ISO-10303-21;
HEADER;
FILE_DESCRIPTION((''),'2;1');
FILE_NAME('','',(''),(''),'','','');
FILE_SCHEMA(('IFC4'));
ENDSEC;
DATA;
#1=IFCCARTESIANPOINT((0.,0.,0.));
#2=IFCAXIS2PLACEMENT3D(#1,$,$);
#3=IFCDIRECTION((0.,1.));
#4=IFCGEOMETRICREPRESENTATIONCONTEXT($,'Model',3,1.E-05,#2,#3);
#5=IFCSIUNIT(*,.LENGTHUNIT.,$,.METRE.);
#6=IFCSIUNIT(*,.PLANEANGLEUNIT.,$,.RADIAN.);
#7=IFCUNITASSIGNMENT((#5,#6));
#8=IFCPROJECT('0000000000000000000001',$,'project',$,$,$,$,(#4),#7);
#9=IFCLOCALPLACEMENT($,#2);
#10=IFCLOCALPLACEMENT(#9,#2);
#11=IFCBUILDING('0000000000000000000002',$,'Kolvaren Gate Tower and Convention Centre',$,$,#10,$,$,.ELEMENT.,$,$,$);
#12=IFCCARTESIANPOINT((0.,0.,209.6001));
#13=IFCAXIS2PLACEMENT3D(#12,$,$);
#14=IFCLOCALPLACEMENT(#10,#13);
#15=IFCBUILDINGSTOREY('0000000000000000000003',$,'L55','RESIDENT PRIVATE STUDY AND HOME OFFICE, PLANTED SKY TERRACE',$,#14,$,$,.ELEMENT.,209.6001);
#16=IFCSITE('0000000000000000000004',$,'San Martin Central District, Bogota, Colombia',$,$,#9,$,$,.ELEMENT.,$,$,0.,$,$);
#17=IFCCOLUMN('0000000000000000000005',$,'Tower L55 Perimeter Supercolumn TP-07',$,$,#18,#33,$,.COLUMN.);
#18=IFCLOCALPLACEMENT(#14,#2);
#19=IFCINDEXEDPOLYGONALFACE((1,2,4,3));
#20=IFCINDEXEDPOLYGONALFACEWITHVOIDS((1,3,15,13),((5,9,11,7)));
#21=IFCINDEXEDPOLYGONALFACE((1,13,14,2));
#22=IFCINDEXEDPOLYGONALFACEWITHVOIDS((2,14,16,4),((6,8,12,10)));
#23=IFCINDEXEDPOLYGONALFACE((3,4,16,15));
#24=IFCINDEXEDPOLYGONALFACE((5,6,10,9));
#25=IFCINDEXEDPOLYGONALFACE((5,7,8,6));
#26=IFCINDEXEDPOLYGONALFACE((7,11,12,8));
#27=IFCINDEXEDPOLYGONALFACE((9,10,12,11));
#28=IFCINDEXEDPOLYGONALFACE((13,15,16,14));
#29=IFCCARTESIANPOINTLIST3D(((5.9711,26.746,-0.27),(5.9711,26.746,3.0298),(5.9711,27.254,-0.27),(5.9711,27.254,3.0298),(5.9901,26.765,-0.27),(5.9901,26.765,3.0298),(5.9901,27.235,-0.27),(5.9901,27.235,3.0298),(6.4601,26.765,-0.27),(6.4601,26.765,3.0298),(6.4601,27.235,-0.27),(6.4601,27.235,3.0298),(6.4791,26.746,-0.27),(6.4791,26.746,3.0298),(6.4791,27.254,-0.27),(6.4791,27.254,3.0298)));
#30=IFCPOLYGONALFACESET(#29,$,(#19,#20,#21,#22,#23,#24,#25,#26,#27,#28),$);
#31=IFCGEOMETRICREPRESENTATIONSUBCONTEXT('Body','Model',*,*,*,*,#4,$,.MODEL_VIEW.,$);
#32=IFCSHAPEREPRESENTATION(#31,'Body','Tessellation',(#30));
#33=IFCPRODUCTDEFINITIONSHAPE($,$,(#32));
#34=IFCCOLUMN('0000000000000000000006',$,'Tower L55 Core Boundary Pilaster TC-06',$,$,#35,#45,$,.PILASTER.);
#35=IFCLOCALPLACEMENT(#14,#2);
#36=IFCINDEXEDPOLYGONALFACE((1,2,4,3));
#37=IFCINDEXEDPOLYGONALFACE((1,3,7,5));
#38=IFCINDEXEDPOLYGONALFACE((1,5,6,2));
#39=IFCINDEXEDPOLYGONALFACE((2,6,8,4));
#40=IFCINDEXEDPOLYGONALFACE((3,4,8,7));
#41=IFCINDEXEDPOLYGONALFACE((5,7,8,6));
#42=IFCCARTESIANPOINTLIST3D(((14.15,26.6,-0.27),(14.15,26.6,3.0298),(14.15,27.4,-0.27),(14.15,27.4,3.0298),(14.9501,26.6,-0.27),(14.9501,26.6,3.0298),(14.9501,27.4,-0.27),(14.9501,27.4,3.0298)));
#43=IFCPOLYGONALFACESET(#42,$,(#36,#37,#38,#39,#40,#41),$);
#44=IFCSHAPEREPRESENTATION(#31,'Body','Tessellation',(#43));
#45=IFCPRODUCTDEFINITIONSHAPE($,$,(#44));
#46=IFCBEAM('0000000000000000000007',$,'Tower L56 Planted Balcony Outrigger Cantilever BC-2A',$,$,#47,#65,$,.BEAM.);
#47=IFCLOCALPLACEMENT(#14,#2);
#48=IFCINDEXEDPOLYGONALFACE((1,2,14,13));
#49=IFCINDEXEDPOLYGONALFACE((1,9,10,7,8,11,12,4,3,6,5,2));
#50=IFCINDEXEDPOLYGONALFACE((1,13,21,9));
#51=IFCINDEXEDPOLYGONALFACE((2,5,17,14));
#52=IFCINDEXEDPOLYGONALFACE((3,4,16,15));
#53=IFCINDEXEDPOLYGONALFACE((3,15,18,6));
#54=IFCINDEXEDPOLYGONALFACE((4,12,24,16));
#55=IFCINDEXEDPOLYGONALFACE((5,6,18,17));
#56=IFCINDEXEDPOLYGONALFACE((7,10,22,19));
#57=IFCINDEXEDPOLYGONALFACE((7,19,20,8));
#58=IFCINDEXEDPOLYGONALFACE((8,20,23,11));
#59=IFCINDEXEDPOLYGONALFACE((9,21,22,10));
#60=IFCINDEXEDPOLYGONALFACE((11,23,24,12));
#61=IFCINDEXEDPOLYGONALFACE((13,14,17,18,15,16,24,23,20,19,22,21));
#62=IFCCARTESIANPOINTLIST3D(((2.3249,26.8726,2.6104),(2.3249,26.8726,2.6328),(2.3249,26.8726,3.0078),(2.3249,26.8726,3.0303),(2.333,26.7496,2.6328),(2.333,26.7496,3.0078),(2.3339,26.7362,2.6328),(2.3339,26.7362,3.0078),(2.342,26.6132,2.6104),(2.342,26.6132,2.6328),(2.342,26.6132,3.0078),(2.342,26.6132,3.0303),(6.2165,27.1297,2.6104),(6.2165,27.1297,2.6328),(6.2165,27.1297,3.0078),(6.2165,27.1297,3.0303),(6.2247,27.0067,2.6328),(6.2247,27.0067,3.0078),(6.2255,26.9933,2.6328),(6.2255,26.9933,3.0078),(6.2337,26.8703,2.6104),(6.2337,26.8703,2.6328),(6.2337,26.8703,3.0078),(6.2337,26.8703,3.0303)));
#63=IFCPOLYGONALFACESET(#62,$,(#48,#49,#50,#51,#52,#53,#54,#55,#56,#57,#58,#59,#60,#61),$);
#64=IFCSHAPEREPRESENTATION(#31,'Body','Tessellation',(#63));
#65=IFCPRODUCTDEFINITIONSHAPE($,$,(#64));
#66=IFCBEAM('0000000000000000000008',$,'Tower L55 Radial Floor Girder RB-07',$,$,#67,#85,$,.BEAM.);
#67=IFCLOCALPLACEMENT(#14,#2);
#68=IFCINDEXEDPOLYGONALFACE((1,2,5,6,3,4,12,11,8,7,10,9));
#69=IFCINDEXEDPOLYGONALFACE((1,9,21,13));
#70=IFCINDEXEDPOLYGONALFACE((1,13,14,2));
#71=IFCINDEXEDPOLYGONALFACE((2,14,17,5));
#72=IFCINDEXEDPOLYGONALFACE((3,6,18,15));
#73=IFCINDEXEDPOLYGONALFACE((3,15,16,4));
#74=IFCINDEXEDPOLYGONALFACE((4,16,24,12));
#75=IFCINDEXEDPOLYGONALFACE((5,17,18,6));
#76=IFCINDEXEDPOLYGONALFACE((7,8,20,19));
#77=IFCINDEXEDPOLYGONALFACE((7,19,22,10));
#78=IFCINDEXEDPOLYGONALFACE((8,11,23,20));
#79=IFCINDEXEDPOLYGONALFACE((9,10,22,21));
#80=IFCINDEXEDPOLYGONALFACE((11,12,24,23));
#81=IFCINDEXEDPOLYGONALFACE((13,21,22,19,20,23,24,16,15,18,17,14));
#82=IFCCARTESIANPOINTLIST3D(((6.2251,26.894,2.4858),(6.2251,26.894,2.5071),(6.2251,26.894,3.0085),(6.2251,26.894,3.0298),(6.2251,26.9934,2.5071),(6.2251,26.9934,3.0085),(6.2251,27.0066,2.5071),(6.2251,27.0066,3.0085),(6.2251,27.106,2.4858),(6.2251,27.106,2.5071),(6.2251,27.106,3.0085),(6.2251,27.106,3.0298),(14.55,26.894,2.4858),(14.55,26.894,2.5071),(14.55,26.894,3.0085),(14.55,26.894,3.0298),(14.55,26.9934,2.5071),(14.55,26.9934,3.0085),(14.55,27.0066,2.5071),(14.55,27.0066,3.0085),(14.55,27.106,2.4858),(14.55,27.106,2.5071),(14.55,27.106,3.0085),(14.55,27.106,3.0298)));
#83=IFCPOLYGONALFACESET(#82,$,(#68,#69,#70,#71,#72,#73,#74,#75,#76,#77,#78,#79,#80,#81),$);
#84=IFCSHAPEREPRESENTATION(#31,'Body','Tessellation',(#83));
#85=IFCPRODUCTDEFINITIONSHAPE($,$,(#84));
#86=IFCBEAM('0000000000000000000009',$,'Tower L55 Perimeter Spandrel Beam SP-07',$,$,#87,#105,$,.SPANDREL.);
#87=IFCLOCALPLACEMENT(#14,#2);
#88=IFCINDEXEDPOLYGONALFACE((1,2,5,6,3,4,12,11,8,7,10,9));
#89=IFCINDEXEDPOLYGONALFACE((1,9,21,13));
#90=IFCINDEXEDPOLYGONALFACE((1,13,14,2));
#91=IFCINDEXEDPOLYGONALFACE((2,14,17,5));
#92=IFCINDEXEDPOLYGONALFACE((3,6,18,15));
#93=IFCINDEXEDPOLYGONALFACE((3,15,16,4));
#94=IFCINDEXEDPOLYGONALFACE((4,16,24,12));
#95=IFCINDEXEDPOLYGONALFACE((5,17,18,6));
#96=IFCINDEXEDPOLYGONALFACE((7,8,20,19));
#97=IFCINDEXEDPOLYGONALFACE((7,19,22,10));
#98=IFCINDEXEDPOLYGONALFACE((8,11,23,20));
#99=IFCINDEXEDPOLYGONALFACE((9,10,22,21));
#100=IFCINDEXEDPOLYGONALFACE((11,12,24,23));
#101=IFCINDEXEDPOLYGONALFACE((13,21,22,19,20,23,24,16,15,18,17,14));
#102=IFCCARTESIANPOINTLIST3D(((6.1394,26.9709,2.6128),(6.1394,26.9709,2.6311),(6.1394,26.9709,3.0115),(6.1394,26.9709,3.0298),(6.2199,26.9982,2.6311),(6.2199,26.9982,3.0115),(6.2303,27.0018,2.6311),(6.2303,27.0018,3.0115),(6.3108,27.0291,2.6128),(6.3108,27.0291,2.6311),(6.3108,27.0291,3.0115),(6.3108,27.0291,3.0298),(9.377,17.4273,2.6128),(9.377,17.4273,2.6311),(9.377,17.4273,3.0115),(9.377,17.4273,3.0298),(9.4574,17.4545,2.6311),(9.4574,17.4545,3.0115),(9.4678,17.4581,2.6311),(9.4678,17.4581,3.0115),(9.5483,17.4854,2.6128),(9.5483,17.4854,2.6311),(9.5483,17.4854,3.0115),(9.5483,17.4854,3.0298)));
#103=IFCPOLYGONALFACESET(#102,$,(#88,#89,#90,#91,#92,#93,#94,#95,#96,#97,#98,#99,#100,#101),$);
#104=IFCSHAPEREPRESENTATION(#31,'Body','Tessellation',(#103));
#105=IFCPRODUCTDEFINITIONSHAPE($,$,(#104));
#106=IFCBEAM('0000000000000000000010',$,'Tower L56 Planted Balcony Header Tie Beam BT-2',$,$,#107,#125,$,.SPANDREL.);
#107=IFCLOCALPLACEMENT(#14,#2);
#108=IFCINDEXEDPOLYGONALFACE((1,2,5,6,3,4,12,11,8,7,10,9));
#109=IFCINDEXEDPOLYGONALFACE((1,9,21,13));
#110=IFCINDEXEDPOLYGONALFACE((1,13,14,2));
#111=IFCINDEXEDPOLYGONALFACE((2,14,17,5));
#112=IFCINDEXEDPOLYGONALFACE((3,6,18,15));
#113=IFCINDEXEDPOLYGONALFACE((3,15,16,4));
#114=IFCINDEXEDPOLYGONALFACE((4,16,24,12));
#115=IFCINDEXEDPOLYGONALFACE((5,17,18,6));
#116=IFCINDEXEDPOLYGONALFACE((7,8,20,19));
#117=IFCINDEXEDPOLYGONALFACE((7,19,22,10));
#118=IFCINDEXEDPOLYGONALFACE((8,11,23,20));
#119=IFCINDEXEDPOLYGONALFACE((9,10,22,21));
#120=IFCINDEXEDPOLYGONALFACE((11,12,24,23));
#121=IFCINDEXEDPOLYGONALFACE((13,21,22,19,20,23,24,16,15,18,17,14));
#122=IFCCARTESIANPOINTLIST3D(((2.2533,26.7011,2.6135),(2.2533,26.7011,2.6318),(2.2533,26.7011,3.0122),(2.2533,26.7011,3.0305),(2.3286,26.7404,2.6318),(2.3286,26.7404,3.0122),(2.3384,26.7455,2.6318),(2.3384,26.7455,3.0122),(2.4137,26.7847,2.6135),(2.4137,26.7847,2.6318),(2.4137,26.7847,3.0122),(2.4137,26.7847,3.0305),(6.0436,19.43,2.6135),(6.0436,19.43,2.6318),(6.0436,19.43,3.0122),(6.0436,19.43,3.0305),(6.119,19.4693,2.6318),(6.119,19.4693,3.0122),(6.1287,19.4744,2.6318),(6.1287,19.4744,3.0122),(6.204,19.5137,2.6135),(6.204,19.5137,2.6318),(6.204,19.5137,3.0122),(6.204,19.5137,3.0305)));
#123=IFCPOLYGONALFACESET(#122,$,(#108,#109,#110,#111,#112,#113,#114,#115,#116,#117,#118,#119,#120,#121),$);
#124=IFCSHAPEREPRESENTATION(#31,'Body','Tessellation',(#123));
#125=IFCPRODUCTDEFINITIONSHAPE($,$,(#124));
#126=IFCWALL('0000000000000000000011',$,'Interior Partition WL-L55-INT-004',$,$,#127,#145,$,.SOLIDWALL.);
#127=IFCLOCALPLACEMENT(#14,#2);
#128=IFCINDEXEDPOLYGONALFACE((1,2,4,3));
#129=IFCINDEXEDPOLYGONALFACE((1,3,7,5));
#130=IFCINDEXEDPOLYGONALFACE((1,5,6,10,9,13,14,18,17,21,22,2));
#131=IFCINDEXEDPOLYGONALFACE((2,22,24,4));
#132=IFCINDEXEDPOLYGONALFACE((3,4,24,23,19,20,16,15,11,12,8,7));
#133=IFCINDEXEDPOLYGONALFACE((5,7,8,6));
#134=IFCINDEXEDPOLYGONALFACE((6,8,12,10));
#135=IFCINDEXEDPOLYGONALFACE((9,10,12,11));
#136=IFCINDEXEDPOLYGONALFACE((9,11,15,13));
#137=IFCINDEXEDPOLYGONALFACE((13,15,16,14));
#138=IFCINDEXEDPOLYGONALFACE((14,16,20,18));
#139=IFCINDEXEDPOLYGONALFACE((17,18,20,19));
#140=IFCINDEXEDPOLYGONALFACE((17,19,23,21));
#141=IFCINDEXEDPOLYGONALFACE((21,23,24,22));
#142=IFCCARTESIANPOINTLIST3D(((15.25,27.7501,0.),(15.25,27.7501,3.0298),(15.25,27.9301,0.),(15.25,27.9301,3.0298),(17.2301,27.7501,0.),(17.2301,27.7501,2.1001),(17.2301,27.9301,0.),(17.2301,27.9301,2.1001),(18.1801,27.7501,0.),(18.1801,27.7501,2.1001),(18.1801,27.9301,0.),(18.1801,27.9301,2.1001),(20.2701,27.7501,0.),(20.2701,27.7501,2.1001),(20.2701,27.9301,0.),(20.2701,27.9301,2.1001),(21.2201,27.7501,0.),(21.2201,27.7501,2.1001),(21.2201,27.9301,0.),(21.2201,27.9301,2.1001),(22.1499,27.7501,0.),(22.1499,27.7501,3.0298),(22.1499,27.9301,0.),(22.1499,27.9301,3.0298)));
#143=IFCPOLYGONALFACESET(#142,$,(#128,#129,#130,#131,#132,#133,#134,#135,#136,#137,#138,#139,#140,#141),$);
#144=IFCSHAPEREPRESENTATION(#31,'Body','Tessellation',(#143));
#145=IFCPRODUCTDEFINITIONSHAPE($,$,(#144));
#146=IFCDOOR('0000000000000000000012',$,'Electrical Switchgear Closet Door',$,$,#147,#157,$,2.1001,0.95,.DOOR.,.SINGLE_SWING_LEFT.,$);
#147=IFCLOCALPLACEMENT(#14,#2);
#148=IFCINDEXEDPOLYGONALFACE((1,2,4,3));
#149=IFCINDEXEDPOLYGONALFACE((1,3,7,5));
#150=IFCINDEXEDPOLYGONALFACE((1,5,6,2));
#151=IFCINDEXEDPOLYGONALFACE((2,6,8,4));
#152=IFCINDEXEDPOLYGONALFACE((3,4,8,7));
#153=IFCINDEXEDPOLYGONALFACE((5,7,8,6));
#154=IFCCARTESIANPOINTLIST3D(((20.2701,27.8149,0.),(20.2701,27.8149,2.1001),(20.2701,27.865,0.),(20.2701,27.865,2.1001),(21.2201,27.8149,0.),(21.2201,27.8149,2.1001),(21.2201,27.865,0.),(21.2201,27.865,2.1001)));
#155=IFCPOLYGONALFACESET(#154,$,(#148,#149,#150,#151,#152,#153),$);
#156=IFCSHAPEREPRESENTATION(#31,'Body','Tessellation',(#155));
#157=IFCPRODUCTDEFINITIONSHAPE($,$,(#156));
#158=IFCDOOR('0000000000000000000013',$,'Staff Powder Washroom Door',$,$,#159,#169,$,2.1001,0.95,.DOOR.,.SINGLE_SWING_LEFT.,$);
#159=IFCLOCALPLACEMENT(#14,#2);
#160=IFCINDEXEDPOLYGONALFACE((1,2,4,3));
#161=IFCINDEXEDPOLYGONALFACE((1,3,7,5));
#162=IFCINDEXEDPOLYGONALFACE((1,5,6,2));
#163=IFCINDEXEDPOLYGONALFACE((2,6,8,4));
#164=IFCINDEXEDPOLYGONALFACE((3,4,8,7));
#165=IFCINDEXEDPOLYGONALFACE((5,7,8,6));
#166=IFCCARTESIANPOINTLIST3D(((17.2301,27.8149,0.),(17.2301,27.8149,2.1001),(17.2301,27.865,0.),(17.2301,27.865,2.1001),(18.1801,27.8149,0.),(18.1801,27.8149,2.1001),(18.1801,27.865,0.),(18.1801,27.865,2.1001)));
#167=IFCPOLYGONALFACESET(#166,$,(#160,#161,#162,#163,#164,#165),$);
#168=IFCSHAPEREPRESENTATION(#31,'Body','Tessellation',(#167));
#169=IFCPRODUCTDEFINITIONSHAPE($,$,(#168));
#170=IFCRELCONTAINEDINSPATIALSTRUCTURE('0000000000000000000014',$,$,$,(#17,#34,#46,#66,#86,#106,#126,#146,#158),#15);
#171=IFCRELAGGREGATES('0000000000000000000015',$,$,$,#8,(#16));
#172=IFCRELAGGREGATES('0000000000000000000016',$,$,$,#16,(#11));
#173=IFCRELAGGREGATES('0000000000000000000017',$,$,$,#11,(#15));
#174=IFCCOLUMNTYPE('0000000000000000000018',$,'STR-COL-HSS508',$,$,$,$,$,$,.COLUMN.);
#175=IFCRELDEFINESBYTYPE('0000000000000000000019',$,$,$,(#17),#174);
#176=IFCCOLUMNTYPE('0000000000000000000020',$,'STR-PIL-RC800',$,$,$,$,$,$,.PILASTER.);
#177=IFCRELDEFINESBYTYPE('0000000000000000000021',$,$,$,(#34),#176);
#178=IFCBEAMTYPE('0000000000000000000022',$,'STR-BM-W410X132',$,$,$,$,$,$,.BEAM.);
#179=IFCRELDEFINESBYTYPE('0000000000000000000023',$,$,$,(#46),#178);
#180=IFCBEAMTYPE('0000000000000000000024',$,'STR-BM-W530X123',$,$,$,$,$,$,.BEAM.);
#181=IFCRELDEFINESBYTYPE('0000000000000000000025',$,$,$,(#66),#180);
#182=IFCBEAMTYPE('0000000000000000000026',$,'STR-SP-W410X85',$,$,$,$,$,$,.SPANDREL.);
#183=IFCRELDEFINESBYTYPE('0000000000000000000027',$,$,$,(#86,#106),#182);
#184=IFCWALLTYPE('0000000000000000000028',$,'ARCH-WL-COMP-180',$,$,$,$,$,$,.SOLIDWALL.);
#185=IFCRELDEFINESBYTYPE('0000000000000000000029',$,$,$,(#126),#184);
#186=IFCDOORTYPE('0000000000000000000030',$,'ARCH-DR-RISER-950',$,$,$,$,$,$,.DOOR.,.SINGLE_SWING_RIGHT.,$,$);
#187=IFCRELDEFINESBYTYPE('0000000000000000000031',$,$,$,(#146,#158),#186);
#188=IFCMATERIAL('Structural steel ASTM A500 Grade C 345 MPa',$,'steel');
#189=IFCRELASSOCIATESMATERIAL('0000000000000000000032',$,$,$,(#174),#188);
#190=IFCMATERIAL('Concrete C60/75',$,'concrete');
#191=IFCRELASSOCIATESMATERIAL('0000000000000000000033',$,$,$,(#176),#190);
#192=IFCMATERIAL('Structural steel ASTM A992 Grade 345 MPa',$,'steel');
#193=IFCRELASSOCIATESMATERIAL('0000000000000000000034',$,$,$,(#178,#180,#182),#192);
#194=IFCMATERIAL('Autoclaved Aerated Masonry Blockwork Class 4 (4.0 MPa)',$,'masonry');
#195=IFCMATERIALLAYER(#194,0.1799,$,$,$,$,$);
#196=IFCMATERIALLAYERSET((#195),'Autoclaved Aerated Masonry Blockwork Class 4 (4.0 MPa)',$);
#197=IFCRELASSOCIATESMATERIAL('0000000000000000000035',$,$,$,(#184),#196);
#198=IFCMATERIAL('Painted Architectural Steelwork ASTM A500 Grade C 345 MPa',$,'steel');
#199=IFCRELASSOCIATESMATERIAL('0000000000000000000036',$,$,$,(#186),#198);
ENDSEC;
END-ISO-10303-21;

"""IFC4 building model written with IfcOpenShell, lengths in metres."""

from ifc_helpers import new_model, si_unit, direction, frame, frame_2d, origin, origin_2d, place, context, subcontext, project, spatial, rectangle, hollow_rectangle, i_section, extrude, material, layer, layer_set, material_profile, profile_set, type_object, element, fill, save


model = new_model("IFC4")

# Units and contexts
model_context = context("Model", 3, precision=1e-05, world=origin(), true_north=direction((0.0, 1.0)))
body_context = subcontext(model_context, "Body", "Model", "MODEL_VIEW")
ifc_project = project(units=[si_unit("LENGTHUNIT", "METRE"), si_unit("PLANEANGLEUNIT", "RADIAN")], contexts=[model_context])

# Site, building, storey
site_placement = place(None, origin())
site = spatial("IfcSite", under=ifc_project, at=site_placement, Name="San Martin Central District, Bogota, Colombia", CompositionType="ELEMENT", RefElevation=0.0)
building_placement = place(site_placement, origin())
building = spatial("IfcBuilding", under=site, at=building_placement, Name="Kolvaren Gate Tower and Convention Centre", CompositionType="ELEMENT")
storey_placement = place(building_placement, frame((0.0, 0.0, 209.6001)))
storey = spatial("IfcBuildingStorey", under=building, at=storey_placement, Name="L55", Description="RESIDENT PRIVATE STUDY AND HOME OFFICE, PLANTED SKY TERRACE", CompositionType="ELEMENT", Elevation=209.6001)

# Columns
ifc_material_1 = material(Name="Structural steel ASTM A500 Grade C 345 MPa", Category="steel")
ifc_material_profile_1 = material_profile(ifc_material_1, hollow_rectangle(XDim=0.5081, YDim=0.5081, WallThickness=0.019, at=origin_2d()), Name="HSS508X508X19.1")
ifc_profile_set_1 = profile_set([ifc_material_profile_1], Name="Structural steel ASTM A500 Grade C 345 MPa")
column_type_1 = type_object("IfcColumnType", Name="STR-COL-HSS508", PredefinedType="COLUMN", material=ifc_profile_set_1)
column_1_placement = place(storey_placement, frame((6.2251, 27.0, -0.27), z_axis=(0.0, 0.0, 1.0), x_axis=(1.0, 0.0, 0.0)))
element("IfcColumn", 1, at=column_1_placement, inside=storey, type_object=column_type_1, Name="Tower L55 Perimeter Supercolumn TP-07", PredefinedType="COLUMN", context=body_context, shape_type="SweptSolid", body=[
    extrude(hollow_rectangle(XDim=0.5081, YDim=0.5081, WallThickness=0.019, at=origin_2d()), origin(), (0.0, 0.0, 1.0), 3.2998),
])
ifc_material_2 = material(Name="Concrete C60/75", Category="concrete")
ifc_material_profile_2 = material_profile(ifc_material_2, rectangle(XDim=0.8, YDim=0.8, at=origin_2d()), Name="RC-COL-800X800")
ifc_profile_set_2 = profile_set([ifc_material_profile_2], Name="Concrete C60/75")
column_type_2 = type_object("IfcColumnType", Name="STR-PIL-RC800", PredefinedType="PILASTER", material=ifc_profile_set_2)
column_2_placement = place(storey_placement, frame((14.55, 27.0, -0.27), z_axis=(0.0, 0.0, 1.0), x_axis=(1.0, 0.0, 0.0)))
element("IfcColumn", 2, at=column_2_placement, inside=storey, type_object=column_type_2, Name="Tower L55 Core Boundary Pilaster TC-06", PredefinedType="PILASTER", context=body_context, shape_type="SweptSolid", body=[
    extrude(rectangle(XDim=0.8, YDim=0.8, at=origin_2d()), origin(), (0.0, 0.0, 1.0), 3.2998),
])

# Beams
ifc_material_3 = material(Name="Structural steel ASTM A992 Grade 345 MPa", Category="steel")
ifc_material_profile_3 = material_profile(ifc_material_3, i_section(OverallWidth=0.26, OverallDepth=0.4199, WebThickness=0.0134, FlangeThickness=0.0225, at=origin_2d()), Name="W410X132")
ifc_profile_set_3 = profile_set([ifc_material_profile_3], Name="Structural steel ASTM A992 Grade 345 MPa")
beam_type_1 = type_object("IfcBeamType", Name="STR-BM-W410X132", PredefinedType="BEAM", material=ifc_profile_set_3)
beam_1_placement = place(storey_placement, frame((6.2251, 27.0, 2.8203), z_axis=(-0.997825, -0.065917, 0.0), x_axis=(0.065917, -0.997825, 0.0)))
element("IfcBeam", 3, at=beam_1_placement, inside=storey, type_object=beam_type_1, Name="Tower L56 Planted Balcony Outrigger Cantilever BC-2A", PredefinedType="BEAM", context=body_context, shape_type="SweptSolid", body=[
    extrude(i_section(OverallWidth=0.26, OverallDepth=0.4199, WebThickness=0.0134, FlangeThickness=0.0225, at=origin_2d()), origin(), (0.0, 0.0, 1.0), 3.9001),
])
ifc_material_profile_4 = material_profile(ifc_material_3, i_section(OverallWidth=0.2119, OverallDepth=0.5439, WebThickness=0.0132, FlangeThickness=0.0212, at=origin_2d()), Name="W530X123")
ifc_profile_set_4 = profile_set([ifc_material_profile_4], Name="Structural steel ASTM A992 Grade 345 MPa")
beam_type_2 = type_object("IfcBeamType", Name="STR-BM-W530X123", PredefinedType="BEAM", material=ifc_profile_set_4)
beam_2_placement = place(storey_placement, frame((14.55, 27.0, 2.7578), z_axis=(-1.0, 0.0, 0.0), x_axis=(0.0, -1.0, 0.0)))
element("IfcBeam", 4, at=beam_2_placement, inside=storey, type_object=beam_type_2, Name="Tower L55 Radial Floor Girder RB-07", PredefinedType="BEAM", context=body_context, shape_type="SweptSolid", body=[
    extrude(i_section(OverallWidth=0.2119, OverallDepth=0.5439, WebThickness=0.0132, FlangeThickness=0.0212, at=origin_2d()), origin(), (0.0, 0.0, 1.0), 8.325),
])
ifc_material_profile_5 = material_profile(ifc_material_3, i_section(OverallWidth=0.1809, OverallDepth=0.417, WebThickness=0.011, FlangeThickness=0.0183, at=origin_2d()), Name="W410X85")
ifc_profile_set_5 = profile_set([ifc_material_profile_5], Name="Structural steel ASTM A992 Grade 345 MPa")
beam_type_3 = type_object("IfcBeamType", Name="STR-SP-W410X85", PredefinedType="SPANDREL", material=ifc_profile_set_5)
beam_3_placement = place(storey_placement, frame((6.2251, 27.0, 2.8213), z_axis=(0.321253, -0.946994, 0.0), x_axis=(0.946994, 0.321253, 0.0)))
element("IfcBeam", 5, at=beam_3_placement, inside=storey, type_object=beam_type_3, Name="Tower L55 Perimeter Spandrel Beam SP-07", PredefinedType="SPANDREL", context=body_context, shape_type="SweptSolid", body=[
    extrude(i_section(OverallWidth=0.1809, OverallDepth=0.417, WebThickness=0.011, FlangeThickness=0.0183, at=origin_2d()), origin(), (0.0, 0.0, 1.0), 10.0779),
])
beam_4_placement = place(storey_placement, frame((2.3335, 26.7429, 2.822), z_axis=(0.462252, -0.886749, 0.0), x_axis=(0.886749, 0.462252, 0.0)))
element("IfcBeam", 6, at=beam_4_placement, inside=storey, type_object=beam_type_3, Name="Tower L56 Planted Balcony Header Tie Beam BT-2", PredefinedType="SPANDREL", context=body_context, shape_type="SweptSolid", body=[
    extrude(i_section(OverallWidth=0.1809, OverallDepth=0.417, WebThickness=0.011, FlangeThickness=0.0183, at=origin_2d()), origin(), (0.0, 0.0, 1.0), 8.1997),
])

# Wall, openings, doors
ifc_material_4 = material(Name="Autoclaved Aerated Masonry Blockwork Class 4 (4.0 MPa)", Category="masonry")
ifc_layer_1 = layer(ifc_material_4, 0.1799)
ifc_layer_set_1 = layer_set([ifc_layer_1], Name="Autoclaved Aerated Masonry Blockwork Class 4 (4.0 MPa)")
wall_type_1 = type_object("IfcWallType", Name="ARCH-WL-COMP-180", PredefinedType="SOLIDWALL", material=ifc_layer_set_1)
wall_1_placement = place(storey_placement, frame((15.25, 27.8401, 0.0), z_axis=(0.0, 0.0, 1.0), x_axis=(1.0, 0.0, 0.0)))
wall_1 = element("IfcWall", 7, at=wall_1_placement, inside=storey, type_object=wall_type_1, Name="Interior Partition WL-L55-INT-004", PredefinedType="SOLIDWALL", context=body_context, shape_type="SweptSolid", body=[
    extrude(rectangle(XDim=6.8999, YDim=0.1799, at=frame_2d((3.45, 0.0))), origin(), (0.0, 0.0, 1.0), 3.0298),
])
opening_1_placement = place(wall_1_placement, frame((5.02, 0.0, 0.0)))
opening_1 = element("IfcOpeningElement", 8, at=opening_1_placement, cuts=wall_1, PredefinedType="OPENING", context=body_context, shape_type="SweptSolid", body=[
    extrude(rectangle(XDim=0.95, YDim=2.1001, at=frame_2d((0.4751, 1.05))), frame((0.0, 0.0999, 0.0), z_axis=(0.0, -1.0, 0.0), x_axis=(1.0, 0.0, 0.0)), (0.0, 0.0, 1.0), 0.2),
])
opening_2_placement = place(wall_1_placement, frame((1.98, 0.0, 0.0)))
opening_2 = element("IfcOpeningElement", 9, at=opening_2_placement, cuts=wall_1, PredefinedType="OPENING", context=body_context, shape_type="SweptSolid", body=[
    extrude(rectangle(XDim=0.95, YDim=2.1001, at=frame_2d((0.4751, 1.05))), frame((0.0, 0.0999, 0.0), z_axis=(0.0, -1.0, 0.0), x_axis=(1.0, 0.0, 0.0)), (0.0, 0.0, 1.0), 0.2),
])
ifc_material_5 = material(Name="Painted Architectural Steelwork ASTM A500 Grade C 345 MPa", Category="steel")
door_type_1 = type_object("IfcDoorType", Name="ARCH-DR-RISER-950", OperationType="SINGLE_SWING_RIGHT", PredefinedType="DOOR", material=ifc_material_5)
door_1_placement = place(opening_1_placement, origin())
door_1 = element("IfcDoor", 10, at=door_1_placement, inside=storey, type_object=door_type_1, Name="Electrical Switchgear Closet Door", OperationType="SINGLE_SWING_LEFT", OverallHeight=2.1001, OverallWidth=0.95, PredefinedType="DOOR", context=body_context, shape_type="SweptSolid", body=[
    extrude(rectangle(XDim=0.95, YDim=2.1001, at=frame_2d((0.4751, 1.05))), frame((0.0, 0.0249, 0.0), z_axis=(0.0, -1.0, 0.0), x_axis=(1.0, 0.0, 0.0)), (0.0, 0.0, 1.0), 0.05),
])
fill(opening_1, door_1)
door_2_placement = place(opening_2_placement, origin())
door_2 = element("IfcDoor", 11, at=door_2_placement, inside=storey, type_object=door_type_1, Name="Staff Powder Washroom Door", OperationType="SINGLE_SWING_LEFT", OverallHeight=2.1001, OverallWidth=0.95, PredefinedType="DOOR", context=body_context, shape_type="SweptSolid", body=[
    extrude(rectangle(XDim=0.95, YDim=2.1001, at=frame_2d((0.4751, 1.05))), frame((0.0, 0.0249, 0.0), z_axis=(0.0, -1.0, 0.0), x_axis=(1.0, 0.0, 0.0)), (0.0, 0.0, 1.0), 0.05),
])
fill(opening_2, door_2)

save(model, "model.ifc")
